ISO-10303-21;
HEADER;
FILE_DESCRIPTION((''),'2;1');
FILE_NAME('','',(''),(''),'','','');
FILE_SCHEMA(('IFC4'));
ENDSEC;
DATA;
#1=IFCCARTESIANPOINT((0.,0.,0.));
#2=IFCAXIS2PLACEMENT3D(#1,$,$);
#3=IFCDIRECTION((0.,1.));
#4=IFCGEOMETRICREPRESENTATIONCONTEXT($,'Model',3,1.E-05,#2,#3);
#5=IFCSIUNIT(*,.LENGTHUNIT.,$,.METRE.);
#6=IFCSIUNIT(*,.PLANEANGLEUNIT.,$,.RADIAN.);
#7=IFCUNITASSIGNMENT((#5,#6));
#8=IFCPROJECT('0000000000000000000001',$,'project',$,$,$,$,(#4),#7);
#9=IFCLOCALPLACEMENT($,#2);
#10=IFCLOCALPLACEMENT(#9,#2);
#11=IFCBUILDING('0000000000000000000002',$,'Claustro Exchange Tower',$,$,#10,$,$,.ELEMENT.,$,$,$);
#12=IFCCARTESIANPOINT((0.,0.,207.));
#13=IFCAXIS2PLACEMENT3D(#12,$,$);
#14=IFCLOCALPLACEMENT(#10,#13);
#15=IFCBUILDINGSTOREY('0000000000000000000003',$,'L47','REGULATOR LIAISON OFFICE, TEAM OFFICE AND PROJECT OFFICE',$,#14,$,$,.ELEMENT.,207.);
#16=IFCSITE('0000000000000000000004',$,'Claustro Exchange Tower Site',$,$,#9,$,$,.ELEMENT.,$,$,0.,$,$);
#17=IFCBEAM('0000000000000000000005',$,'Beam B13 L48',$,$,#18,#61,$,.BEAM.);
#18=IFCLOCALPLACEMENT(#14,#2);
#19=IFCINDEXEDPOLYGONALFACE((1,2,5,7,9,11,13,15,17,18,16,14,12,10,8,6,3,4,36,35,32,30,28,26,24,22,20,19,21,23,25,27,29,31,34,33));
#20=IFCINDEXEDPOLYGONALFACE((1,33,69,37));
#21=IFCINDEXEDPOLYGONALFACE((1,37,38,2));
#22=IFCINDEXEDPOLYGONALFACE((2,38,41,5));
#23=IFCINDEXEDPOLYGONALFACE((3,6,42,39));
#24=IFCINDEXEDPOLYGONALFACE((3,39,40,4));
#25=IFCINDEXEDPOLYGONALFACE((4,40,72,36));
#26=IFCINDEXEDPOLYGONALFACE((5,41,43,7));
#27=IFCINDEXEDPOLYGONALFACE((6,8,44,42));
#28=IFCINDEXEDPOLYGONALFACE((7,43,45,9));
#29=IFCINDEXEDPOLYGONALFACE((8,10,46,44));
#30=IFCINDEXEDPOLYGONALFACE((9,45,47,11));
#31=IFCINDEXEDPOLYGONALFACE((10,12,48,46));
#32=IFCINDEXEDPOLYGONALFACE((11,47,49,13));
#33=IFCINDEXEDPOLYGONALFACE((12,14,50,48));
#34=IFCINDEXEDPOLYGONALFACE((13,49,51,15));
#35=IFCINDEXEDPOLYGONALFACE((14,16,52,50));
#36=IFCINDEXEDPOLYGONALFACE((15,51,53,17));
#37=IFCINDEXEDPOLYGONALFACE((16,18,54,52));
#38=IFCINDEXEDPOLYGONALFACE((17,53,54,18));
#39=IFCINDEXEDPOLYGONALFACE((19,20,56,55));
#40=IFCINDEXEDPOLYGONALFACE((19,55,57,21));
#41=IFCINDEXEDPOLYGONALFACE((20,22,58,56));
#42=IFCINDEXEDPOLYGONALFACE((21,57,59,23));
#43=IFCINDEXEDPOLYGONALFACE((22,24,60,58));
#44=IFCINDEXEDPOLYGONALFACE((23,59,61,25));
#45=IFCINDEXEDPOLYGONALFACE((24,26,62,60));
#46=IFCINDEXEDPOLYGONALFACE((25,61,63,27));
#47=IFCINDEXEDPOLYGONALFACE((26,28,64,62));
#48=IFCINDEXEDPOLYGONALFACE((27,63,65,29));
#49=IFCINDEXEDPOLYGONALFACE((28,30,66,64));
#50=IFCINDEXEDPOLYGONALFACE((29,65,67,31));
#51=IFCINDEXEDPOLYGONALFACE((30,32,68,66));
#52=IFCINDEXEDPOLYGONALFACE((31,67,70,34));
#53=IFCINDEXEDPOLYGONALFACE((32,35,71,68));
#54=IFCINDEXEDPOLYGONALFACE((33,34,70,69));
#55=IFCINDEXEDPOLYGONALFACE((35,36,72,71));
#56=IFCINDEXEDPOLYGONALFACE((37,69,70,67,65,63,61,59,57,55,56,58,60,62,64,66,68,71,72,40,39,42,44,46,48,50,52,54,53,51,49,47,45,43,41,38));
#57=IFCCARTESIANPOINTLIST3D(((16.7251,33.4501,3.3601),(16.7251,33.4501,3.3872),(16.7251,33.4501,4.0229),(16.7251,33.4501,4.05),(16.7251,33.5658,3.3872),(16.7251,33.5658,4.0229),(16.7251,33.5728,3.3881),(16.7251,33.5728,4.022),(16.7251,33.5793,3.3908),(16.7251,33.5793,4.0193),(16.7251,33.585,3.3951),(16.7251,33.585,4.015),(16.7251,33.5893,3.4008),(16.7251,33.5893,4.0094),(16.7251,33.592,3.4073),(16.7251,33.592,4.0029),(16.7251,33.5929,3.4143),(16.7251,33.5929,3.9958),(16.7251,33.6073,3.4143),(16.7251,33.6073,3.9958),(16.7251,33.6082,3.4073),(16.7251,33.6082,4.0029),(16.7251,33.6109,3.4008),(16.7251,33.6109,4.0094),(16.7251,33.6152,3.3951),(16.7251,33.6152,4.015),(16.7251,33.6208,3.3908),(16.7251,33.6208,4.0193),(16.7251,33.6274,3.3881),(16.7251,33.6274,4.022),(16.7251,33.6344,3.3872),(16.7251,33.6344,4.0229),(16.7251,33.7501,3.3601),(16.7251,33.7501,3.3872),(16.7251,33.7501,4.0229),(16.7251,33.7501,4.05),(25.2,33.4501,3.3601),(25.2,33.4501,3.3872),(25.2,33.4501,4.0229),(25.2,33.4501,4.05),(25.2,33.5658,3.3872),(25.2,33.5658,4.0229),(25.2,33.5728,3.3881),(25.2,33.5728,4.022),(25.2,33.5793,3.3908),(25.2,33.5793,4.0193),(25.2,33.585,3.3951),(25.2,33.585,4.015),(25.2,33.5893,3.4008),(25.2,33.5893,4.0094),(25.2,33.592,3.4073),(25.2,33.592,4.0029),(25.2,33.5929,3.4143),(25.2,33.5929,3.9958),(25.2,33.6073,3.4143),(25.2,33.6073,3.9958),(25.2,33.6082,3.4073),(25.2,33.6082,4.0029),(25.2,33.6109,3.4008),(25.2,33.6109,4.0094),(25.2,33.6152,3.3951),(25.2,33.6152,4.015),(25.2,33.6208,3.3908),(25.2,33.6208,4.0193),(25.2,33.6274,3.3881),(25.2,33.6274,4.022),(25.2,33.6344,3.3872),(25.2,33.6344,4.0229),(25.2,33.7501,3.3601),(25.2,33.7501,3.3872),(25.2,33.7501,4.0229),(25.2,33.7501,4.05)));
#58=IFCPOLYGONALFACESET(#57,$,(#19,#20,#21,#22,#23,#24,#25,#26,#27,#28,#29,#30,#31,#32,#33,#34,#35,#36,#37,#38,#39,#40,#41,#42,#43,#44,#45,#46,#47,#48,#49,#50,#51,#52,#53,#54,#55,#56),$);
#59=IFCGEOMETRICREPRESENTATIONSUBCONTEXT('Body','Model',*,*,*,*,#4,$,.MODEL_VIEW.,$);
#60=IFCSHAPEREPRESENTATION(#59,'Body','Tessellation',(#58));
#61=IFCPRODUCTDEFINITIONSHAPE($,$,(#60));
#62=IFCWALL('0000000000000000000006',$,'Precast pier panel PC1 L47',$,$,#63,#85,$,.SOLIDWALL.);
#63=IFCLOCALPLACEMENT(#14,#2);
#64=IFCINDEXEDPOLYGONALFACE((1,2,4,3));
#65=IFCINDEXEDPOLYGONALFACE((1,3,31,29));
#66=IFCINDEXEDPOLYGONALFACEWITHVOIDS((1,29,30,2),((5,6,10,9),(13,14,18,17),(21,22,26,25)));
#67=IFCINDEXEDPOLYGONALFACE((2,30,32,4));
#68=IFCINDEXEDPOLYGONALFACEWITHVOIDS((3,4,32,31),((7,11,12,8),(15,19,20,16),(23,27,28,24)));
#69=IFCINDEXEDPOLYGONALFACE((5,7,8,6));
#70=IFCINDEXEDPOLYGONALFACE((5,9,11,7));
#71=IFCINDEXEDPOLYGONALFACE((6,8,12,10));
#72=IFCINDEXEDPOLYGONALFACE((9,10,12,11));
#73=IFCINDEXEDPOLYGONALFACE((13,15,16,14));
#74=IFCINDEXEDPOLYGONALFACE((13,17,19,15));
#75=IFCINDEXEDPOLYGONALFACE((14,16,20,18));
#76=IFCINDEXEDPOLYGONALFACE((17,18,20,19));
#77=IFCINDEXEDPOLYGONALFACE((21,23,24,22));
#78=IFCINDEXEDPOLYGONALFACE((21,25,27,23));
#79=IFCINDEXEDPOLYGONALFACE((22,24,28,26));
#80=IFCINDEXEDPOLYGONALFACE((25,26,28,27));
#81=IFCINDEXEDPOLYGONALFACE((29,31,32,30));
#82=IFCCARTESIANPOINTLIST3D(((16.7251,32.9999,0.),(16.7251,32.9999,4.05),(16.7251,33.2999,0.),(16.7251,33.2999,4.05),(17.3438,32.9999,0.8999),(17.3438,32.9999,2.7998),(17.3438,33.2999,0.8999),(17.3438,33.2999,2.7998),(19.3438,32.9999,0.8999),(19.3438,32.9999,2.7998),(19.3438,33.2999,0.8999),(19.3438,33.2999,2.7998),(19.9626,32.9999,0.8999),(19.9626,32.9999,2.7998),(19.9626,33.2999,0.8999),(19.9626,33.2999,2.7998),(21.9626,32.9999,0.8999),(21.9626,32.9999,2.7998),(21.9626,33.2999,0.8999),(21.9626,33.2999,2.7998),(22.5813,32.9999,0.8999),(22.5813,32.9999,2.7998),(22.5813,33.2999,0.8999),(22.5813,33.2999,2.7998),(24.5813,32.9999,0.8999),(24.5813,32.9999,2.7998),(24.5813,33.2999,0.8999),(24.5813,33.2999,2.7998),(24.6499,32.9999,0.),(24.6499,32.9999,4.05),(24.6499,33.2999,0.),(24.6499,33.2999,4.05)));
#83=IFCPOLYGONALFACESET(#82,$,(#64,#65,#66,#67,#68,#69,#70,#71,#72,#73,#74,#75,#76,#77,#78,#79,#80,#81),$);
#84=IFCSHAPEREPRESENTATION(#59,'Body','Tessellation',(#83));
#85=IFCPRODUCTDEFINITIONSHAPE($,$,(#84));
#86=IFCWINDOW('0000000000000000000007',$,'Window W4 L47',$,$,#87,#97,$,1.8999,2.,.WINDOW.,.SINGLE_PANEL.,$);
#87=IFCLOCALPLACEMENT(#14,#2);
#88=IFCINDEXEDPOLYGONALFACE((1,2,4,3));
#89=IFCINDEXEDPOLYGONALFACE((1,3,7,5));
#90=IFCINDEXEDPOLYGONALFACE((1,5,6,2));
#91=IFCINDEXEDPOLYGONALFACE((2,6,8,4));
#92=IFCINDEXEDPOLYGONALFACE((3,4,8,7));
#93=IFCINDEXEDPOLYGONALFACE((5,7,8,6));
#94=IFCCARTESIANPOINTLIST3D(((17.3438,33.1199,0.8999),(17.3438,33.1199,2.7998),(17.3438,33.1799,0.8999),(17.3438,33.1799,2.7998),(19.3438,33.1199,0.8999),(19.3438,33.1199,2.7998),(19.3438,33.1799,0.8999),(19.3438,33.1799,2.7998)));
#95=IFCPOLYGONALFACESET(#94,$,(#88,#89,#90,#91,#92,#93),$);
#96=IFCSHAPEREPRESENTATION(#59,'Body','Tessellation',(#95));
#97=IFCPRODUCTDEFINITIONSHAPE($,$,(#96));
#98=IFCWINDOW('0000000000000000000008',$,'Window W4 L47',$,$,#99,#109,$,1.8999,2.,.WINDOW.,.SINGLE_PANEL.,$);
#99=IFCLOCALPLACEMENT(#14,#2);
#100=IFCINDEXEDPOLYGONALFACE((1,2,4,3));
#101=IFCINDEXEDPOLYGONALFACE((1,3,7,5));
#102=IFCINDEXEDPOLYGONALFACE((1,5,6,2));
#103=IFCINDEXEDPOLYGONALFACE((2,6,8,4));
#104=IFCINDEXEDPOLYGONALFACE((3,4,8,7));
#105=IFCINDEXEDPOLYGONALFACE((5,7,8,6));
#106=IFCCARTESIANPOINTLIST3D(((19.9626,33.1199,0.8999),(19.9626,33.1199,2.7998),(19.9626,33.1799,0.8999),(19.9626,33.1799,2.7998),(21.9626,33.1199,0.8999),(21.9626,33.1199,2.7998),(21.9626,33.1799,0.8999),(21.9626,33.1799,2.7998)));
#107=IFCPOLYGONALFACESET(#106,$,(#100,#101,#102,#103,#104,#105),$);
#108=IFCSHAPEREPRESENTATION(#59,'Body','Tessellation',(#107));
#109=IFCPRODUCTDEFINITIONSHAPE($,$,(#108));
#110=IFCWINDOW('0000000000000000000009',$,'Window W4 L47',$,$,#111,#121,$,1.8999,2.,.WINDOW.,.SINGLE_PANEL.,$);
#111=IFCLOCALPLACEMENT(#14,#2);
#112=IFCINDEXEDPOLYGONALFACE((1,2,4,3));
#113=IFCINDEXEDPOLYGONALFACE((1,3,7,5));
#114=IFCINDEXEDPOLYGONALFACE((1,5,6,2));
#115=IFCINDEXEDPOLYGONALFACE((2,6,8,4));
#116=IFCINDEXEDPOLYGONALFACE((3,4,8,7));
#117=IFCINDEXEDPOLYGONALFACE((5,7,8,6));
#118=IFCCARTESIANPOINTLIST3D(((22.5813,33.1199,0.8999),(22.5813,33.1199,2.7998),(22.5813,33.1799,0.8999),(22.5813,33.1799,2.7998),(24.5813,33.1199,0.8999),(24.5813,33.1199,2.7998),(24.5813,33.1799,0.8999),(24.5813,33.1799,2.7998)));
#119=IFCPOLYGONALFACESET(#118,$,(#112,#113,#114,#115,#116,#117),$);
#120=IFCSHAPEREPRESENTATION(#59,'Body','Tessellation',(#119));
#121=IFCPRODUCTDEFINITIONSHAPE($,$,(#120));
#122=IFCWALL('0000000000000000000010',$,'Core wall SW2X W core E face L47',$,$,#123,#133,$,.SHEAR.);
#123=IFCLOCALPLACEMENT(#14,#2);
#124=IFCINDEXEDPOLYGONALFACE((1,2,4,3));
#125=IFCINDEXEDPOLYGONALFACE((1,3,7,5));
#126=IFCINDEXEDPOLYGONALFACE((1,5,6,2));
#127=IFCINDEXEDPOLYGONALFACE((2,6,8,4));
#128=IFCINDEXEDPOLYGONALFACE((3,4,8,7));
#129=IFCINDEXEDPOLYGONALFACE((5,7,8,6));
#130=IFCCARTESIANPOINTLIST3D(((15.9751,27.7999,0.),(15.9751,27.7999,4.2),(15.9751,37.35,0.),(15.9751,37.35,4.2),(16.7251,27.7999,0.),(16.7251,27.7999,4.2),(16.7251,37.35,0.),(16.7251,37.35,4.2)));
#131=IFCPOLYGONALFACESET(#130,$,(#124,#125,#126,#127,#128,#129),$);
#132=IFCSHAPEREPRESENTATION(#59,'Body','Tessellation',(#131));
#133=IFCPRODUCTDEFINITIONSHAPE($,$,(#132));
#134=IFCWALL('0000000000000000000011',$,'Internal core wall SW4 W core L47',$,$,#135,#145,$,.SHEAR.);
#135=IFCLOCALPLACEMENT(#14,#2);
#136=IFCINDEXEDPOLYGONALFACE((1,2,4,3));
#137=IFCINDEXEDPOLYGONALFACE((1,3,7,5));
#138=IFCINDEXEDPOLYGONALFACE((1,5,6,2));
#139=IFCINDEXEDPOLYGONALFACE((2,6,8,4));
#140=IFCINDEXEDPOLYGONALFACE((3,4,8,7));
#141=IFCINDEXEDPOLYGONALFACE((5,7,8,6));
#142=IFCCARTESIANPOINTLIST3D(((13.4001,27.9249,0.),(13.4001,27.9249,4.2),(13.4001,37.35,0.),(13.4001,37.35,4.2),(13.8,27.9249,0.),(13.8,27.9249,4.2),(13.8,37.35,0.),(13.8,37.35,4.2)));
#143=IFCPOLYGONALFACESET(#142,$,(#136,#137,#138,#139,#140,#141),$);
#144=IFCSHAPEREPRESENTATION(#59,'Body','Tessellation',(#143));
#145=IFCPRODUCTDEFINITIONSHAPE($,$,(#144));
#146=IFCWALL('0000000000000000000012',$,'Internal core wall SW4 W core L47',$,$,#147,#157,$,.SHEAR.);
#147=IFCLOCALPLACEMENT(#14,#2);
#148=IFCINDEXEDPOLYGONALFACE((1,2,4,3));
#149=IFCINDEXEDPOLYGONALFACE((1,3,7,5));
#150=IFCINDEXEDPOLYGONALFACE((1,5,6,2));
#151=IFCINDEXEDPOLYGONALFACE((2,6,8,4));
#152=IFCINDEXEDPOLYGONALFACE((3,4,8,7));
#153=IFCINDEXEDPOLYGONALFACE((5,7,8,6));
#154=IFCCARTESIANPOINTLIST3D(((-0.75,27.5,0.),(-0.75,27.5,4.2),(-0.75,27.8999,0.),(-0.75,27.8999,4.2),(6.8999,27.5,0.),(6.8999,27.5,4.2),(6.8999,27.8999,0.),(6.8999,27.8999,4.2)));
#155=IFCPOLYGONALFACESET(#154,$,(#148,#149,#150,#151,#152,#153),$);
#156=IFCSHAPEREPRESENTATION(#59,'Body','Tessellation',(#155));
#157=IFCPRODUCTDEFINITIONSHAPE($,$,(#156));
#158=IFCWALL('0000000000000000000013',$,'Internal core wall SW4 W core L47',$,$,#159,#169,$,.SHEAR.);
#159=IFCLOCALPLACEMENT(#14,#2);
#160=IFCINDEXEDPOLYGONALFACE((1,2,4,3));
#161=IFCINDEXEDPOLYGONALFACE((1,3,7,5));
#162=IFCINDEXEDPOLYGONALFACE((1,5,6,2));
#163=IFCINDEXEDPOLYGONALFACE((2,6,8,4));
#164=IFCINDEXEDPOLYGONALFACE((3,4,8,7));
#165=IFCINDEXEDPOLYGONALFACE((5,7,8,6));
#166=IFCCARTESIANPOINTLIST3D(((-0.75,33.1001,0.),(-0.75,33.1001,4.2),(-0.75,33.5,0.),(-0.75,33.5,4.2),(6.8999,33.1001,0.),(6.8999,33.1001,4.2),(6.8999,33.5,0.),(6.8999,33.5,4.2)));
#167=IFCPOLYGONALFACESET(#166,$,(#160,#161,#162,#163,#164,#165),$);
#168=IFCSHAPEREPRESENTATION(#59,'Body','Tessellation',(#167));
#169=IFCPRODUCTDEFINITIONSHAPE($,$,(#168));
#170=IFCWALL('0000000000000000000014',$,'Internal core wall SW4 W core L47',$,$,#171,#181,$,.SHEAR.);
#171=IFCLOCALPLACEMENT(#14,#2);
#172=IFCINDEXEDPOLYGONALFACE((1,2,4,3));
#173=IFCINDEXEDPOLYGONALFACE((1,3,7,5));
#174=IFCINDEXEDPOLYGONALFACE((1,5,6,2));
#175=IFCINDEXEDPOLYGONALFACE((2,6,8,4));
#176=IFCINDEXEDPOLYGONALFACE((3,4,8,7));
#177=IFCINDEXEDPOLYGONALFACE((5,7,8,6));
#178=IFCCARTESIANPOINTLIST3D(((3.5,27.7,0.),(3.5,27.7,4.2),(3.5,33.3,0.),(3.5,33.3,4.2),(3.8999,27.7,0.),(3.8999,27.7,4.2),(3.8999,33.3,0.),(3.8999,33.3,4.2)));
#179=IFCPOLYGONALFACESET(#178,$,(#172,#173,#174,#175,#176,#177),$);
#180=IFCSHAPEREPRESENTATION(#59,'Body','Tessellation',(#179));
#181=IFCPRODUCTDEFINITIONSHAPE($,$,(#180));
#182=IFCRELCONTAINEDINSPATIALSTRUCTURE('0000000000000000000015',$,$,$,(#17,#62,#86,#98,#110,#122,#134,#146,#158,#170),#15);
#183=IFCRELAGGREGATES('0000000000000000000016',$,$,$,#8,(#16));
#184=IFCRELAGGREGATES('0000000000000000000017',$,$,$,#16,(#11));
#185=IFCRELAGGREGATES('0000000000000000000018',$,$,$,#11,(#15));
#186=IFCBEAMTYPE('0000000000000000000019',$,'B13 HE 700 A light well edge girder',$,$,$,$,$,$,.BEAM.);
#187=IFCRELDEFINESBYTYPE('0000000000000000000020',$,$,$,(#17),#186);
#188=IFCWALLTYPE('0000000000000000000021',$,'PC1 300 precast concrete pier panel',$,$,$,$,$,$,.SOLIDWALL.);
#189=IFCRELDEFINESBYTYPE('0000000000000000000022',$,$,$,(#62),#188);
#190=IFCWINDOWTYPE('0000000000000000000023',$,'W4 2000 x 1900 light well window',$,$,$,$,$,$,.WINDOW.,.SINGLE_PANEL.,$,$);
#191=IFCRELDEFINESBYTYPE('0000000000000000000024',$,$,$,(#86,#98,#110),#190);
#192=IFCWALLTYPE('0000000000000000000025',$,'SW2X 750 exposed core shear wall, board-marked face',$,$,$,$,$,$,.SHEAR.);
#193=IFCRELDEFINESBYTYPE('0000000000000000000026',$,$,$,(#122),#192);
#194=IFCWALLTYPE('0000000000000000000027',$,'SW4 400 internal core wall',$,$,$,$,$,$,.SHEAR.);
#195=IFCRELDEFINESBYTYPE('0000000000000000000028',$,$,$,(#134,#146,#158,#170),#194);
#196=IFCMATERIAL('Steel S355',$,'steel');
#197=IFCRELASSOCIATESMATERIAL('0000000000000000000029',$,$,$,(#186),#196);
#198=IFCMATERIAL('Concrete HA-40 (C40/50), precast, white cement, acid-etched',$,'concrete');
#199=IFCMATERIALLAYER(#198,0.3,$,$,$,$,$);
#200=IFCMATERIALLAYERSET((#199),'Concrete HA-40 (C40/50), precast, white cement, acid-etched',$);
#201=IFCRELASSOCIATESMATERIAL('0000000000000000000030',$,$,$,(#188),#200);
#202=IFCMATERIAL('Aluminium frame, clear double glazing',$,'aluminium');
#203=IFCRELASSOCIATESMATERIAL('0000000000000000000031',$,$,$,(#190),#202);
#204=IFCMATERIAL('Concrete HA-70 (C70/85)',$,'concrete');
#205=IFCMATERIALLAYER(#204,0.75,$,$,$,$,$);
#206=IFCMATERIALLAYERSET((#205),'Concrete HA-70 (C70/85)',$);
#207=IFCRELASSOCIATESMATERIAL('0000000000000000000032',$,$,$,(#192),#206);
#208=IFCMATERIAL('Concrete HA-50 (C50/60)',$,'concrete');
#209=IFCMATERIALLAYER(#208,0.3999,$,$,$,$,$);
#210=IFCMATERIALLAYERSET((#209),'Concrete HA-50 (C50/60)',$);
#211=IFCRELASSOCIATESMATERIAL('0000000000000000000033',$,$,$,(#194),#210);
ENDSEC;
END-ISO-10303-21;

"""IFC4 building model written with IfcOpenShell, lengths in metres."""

from ifc_helpers import new_model, si_unit, direction, frame, frame_2d, origin, origin_2d, place, context, subcontext, project, spatial, rectangle, i_section, extrude, material, layer, layer_set, material_profile, profile_set, type_object, element, fill, save


model = new_model("IFC4")

# Units and contexts
model_context = context("Model", 3, precision=1e-05, world=origin(), true_north=direction((0.0, 1.0)))
body_context = subcontext(model_context, "Body", "Model", "MODEL_VIEW")
ifc_project = project(units=[si_unit("LENGTHUNIT", "METRE"), si_unit("PLANEANGLEUNIT", "RADIAN")], contexts=[model_context])

# Site, building, storey
site_placement = place(None, origin())
site = spatial("IfcSite", under=ifc_project, at=site_placement, Name="Claustro Exchange Tower Site", CompositionType="ELEMENT", RefElevation=0.0)
building_placement = place(site_placement, origin())
building = spatial("IfcBuilding", under=site, at=building_placement, Name="Claustro Exchange Tower", CompositionType="ELEMENT")
storey_placement = place(building_placement, frame((0.0, 0.0, 207.0)))
storey = spatial("IfcBuildingStorey", under=building, at=storey_placement, Name="L47", Description="REGULATOR LIAISON OFFICE, TEAM OFFICE AND PROJECT OFFICE", CompositionType="ELEMENT", Elevation=207.0)

# Beam
ifc_material_1 = material(Name="Steel S355", Category="steel")
ifc_material_profile = material_profile(ifc_material_1, i_section(OverallWidth=0.3, OverallDepth=0.6899, WebThickness=0.0144, FlangeThickness=0.0271, FilletRadius=0.0271, at=origin_2d()), Name="HE 700 A")
ifc_profile_set = profile_set([ifc_material_profile], Name="Steel S355")
beam_type = type_object("IfcBeamType", Name="B13 HE 700 A light well edge girder", PredefinedType="BEAM", material=ifc_profile_set)
beam_placement = place(storey_placement, frame((16.7251, 33.6001, 3.7051), z_axis=(1.0, 0.0, 0.0), x_axis=(0.0, 1.0, 0.0)))
element("IfcBeam", 1, at=beam_placement, inside=storey, type_object=beam_type, Name="Beam B13 L48", PredefinedType="BEAM", context=body_context, shape_type="SweptSolid", body=[
    extrude(i_section(OverallWidth=0.3, OverallDepth=0.6899, WebThickness=0.0144, FlangeThickness=0.0271, FilletRadius=0.0271, at=origin_2d()), origin(), (0.0, 0.0, 1.0), 8.4749),
])

# Wall, openings, windows
ifc_material_2 = material(Name="Concrete HA-40 (C40/50), precast, white cement, acid-etched", Category="concrete")
ifc_layer_1 = layer(ifc_material_2, 0.3)
ifc_layer_set_1 = layer_set([ifc_layer_1], Name="Concrete HA-40 (C40/50), precast, white cement, acid-etched")
wall_type_1 = type_object("IfcWallType", Name="PC1 300 precast concrete pier panel", PredefinedType="SOLIDWALL", material=ifc_layer_set_1)
wall_1_placement = place(storey_placement, frame((16.7251, 33.1499, 0.0), z_axis=(0.0, 0.0, 1.0), x_axis=(1.0, 0.0, 0.0)))
wall_1 = element("IfcWall", 2, at=wall_1_placement, inside=storey, type_object=wall_type_1, Name="Precast pier panel PC1 L47", PredefinedType="SOLIDWALL", context=body_context, shape_type="SweptSolid", body=[
    extrude(rectangle(XDim=7.9248, YDim=0.3, at=frame_2d((3.9624, 0.0))), origin(), (0.0, 0.0, 1.0), 4.05),
])
opening_1_placement = place(wall_1_placement, frame((0.6187, 0.0, 0.8999)))
opening_1 = element("IfcOpeningElement", 3, at=opening_1_placement, cuts=wall_1, PredefinedType="OPENING", context=body_context, shape_type="SweptSolid", body=[
    extrude(rectangle(XDim=2.0, YDim=1.8999, at=frame_2d((1.0, 0.95))), frame((0.0, 0.1599, 0.0), z_axis=(0.0, -1.0, 0.0), x_axis=(1.0, 0.0, 0.0)), (0.0, 0.0, 1.0), 0.3201),
])
opening_2_placement = place(wall_1_placement, frame((3.2375, 0.0, 0.8999)))
opening_2 = element("IfcOpeningElement", 4, at=opening_2_placement, cuts=wall_1, PredefinedType="OPENING", context=body_context, shape_type="SweptSolid", body=[
    extrude(rectangle(XDim=2.0, YDim=1.8999, at=frame_2d((1.0, 0.95))), frame((0.0, 0.1599, 0.0), z_axis=(0.0, -1.0, 0.0), x_axis=(1.0, 0.0, 0.0)), (0.0, 0.0, 1.0), 0.3201),
])
opening_3_placement = place(wall_1_placement, frame((5.8562, 0.0, 0.8999)))
opening_3 = element("IfcOpeningElement", 5, at=opening_3_placement, cuts=wall_1, PredefinedType="OPENING", context=body_context, shape_type="SweptSolid", body=[
    extrude(rectangle(XDim=2.0, YDim=1.8999, at=frame_2d((1.0, 0.95))), frame((0.0, 0.1599, 0.0), z_axis=(0.0, -1.0, 0.0), x_axis=(1.0, 0.0, 0.0)), (0.0, 0.0, 1.0), 0.3201),
])
ifc_material_3 = material(Name="Aluminium frame, clear double glazing", Category="aluminium")
window_type = type_object("IfcWindowType", Name="W4 2000 x 1900 light well window", PartitioningType="SINGLE_PANEL", PredefinedType="WINDOW", material=ifc_material_3)
window_1_placement = place(opening_1_placement, origin())
window_1 = element("IfcWindow", 6, at=window_1_placement, inside=storey, type_object=window_type, Name="Window W4 L47", OverallHeight=1.8999, OverallWidth=2.0, PartitioningType="SINGLE_PANEL", PredefinedType="WINDOW", context=body_context, shape_type="SweptSolid", body=[
    extrude(rectangle(XDim=2.0, YDim=1.8999, at=frame_2d((1.0, 0.95))), frame((0.0, 0.03, 0.0), z_axis=(0.0, -1.0, 0.0), x_axis=(1.0, 0.0, 0.0)), (0.0, 0.0, 1.0), 0.0601),
])
fill(opening_1, window_1)
window_2_placement = place(opening_2_placement, origin())
window_2 = element("IfcWindow", 7, at=window_2_placement, inside=storey, type_object=window_type, Name="Window W4 L47", OverallHeight=1.8999, OverallWidth=2.0, PartitioningType="SINGLE_PANEL", PredefinedType="WINDOW", context=body_context, shape_type="SweptSolid", body=[
    extrude(rectangle(XDim=2.0, YDim=1.8999, at=frame_2d((1.0, 0.95))), frame((0.0, 0.03, 0.0), z_axis=(0.0, -1.0, 0.0), x_axis=(1.0, 0.0, 0.0)), (0.0, 0.0, 1.0), 0.0601),
])
fill(opening_2, window_2)
window_3_placement = place(opening_3_placement, origin())
window_3 = element("IfcWindow", 8, at=window_3_placement, inside=storey, type_object=window_type, Name="Window W4 L47", OverallHeight=1.8999, OverallWidth=2.0, PartitioningType="SINGLE_PANEL", PredefinedType="WINDOW", context=body_context, shape_type="SweptSolid", body=[
    extrude(rectangle(XDim=2.0, YDim=1.8999, at=frame_2d((1.0, 0.95))), frame((0.0, 0.03, 0.0), z_axis=(0.0, -1.0, 0.0), x_axis=(1.0, 0.0, 0.0)), (0.0, 0.0, 1.0), 0.0601),
])
fill(opening_3, window_3)

# Walls
ifc_material_4 = material(Name="Concrete HA-70 (C70/85)", Category="concrete")
ifc_layer_2 = layer(ifc_material_4, 0.75)
ifc_layer_set_2 = layer_set([ifc_layer_2], Name="Concrete HA-70 (C70/85)")
wall_type_2 = type_object("IfcWallType", Name="SW2X 750 exposed core shear wall, board-marked face", PredefinedType="SHEAR", material=ifc_layer_set_2)
wall_2_placement = place(storey_placement, frame((16.3501, 27.8, 0.0), z_axis=(0.0, 0.0, 1.0), x_axis=(0.0, 1.0, 0.0)))
element("IfcWall", 9, at=wall_2_placement, inside=storey, type_object=wall_type_2, Name="Core wall SW2X W core E face L47", PredefinedType="SHEAR", context=body_context, shape_type="SweptSolid", body=[
    extrude(rectangle(XDim=9.55, YDim=0.75, at=frame_2d((4.7749, 0.0))), origin(), (0.0, 0.0, 1.0), 4.2),
])
ifc_material_5 = material(Name="Concrete HA-50 (C50/60)", Category="concrete")
ifc_layer_3 = layer(ifc_material_5, 0.3999)
ifc_layer_set_3 = layer_set([ifc_layer_3], Name="Concrete HA-50 (C50/60)")
wall_type_3 = type_object("IfcWallType", Name="SW4 400 internal core wall", PredefinedType="SHEAR", material=ifc_layer_set_3)
wall_3_placement = place(storey_placement, frame((13.6001, 27.925, 0.0), z_axis=(0.0, 0.0, 1.0), x_axis=(0.0, 1.0, 0.0)))
element("IfcWall", 10, at=wall_3_placement, inside=storey, type_object=wall_type_3, Name="Internal core wall SW4 W core L47", PredefinedType="SHEAR", context=body_context, shape_type="SweptSolid", body=[
    extrude(rectangle(XDim=9.425, YDim=0.3999, at=frame_2d((4.7124, 0.0))), origin(), (0.0, 0.0, 1.0), 4.2),
])
for number, where, z_axis, x_axis, name in (
    (11, (-0.75, 27.7, 0.0), (0.0, 0.0, 1.0), (1.0, 0.0, 0.0), "Internal core wall SW4 W core L47"),
    (12, (-0.75, 33.3, 0.0), (0.0, 0.0, 1.0), (1.0, 0.0, 0.0), "Internal core wall SW4 W core L47"),
):
    element("IfcWall", number, at=place(storey_placement, frame(where, z_axis=z_axis, x_axis=x_axis)), inside=storey, type_object=wall_type_3, Name=name, PredefinedType="SHEAR", context=body_context, shape_type="SweptSolid", body=[
        extrude(rectangle(XDim=7.6499, YDim=0.3999, at=frame_2d((3.825, 0.0))), origin(), (0.0, 0.0, 1.0), 4.2),
    ])
wall_4_placement = place(storey_placement, frame((3.7, 27.7, 0.0), z_axis=(0.0, 0.0, 1.0), x_axis=(0.0, 1.0, 0.0)))
element("IfcWall", 13, at=wall_4_placement, inside=storey, type_object=wall_type_3, Name="Internal core wall SW4 W core L47", PredefinedType="SHEAR", context=body_context, shape_type="SweptSolid", body=[
    extrude(rectangle(XDim=5.6001, YDim=0.3999, at=frame_2d((2.8, 0.0))), origin(), (0.0, 0.0, 1.0), 4.2),
])

save(model, "model.ifc")
